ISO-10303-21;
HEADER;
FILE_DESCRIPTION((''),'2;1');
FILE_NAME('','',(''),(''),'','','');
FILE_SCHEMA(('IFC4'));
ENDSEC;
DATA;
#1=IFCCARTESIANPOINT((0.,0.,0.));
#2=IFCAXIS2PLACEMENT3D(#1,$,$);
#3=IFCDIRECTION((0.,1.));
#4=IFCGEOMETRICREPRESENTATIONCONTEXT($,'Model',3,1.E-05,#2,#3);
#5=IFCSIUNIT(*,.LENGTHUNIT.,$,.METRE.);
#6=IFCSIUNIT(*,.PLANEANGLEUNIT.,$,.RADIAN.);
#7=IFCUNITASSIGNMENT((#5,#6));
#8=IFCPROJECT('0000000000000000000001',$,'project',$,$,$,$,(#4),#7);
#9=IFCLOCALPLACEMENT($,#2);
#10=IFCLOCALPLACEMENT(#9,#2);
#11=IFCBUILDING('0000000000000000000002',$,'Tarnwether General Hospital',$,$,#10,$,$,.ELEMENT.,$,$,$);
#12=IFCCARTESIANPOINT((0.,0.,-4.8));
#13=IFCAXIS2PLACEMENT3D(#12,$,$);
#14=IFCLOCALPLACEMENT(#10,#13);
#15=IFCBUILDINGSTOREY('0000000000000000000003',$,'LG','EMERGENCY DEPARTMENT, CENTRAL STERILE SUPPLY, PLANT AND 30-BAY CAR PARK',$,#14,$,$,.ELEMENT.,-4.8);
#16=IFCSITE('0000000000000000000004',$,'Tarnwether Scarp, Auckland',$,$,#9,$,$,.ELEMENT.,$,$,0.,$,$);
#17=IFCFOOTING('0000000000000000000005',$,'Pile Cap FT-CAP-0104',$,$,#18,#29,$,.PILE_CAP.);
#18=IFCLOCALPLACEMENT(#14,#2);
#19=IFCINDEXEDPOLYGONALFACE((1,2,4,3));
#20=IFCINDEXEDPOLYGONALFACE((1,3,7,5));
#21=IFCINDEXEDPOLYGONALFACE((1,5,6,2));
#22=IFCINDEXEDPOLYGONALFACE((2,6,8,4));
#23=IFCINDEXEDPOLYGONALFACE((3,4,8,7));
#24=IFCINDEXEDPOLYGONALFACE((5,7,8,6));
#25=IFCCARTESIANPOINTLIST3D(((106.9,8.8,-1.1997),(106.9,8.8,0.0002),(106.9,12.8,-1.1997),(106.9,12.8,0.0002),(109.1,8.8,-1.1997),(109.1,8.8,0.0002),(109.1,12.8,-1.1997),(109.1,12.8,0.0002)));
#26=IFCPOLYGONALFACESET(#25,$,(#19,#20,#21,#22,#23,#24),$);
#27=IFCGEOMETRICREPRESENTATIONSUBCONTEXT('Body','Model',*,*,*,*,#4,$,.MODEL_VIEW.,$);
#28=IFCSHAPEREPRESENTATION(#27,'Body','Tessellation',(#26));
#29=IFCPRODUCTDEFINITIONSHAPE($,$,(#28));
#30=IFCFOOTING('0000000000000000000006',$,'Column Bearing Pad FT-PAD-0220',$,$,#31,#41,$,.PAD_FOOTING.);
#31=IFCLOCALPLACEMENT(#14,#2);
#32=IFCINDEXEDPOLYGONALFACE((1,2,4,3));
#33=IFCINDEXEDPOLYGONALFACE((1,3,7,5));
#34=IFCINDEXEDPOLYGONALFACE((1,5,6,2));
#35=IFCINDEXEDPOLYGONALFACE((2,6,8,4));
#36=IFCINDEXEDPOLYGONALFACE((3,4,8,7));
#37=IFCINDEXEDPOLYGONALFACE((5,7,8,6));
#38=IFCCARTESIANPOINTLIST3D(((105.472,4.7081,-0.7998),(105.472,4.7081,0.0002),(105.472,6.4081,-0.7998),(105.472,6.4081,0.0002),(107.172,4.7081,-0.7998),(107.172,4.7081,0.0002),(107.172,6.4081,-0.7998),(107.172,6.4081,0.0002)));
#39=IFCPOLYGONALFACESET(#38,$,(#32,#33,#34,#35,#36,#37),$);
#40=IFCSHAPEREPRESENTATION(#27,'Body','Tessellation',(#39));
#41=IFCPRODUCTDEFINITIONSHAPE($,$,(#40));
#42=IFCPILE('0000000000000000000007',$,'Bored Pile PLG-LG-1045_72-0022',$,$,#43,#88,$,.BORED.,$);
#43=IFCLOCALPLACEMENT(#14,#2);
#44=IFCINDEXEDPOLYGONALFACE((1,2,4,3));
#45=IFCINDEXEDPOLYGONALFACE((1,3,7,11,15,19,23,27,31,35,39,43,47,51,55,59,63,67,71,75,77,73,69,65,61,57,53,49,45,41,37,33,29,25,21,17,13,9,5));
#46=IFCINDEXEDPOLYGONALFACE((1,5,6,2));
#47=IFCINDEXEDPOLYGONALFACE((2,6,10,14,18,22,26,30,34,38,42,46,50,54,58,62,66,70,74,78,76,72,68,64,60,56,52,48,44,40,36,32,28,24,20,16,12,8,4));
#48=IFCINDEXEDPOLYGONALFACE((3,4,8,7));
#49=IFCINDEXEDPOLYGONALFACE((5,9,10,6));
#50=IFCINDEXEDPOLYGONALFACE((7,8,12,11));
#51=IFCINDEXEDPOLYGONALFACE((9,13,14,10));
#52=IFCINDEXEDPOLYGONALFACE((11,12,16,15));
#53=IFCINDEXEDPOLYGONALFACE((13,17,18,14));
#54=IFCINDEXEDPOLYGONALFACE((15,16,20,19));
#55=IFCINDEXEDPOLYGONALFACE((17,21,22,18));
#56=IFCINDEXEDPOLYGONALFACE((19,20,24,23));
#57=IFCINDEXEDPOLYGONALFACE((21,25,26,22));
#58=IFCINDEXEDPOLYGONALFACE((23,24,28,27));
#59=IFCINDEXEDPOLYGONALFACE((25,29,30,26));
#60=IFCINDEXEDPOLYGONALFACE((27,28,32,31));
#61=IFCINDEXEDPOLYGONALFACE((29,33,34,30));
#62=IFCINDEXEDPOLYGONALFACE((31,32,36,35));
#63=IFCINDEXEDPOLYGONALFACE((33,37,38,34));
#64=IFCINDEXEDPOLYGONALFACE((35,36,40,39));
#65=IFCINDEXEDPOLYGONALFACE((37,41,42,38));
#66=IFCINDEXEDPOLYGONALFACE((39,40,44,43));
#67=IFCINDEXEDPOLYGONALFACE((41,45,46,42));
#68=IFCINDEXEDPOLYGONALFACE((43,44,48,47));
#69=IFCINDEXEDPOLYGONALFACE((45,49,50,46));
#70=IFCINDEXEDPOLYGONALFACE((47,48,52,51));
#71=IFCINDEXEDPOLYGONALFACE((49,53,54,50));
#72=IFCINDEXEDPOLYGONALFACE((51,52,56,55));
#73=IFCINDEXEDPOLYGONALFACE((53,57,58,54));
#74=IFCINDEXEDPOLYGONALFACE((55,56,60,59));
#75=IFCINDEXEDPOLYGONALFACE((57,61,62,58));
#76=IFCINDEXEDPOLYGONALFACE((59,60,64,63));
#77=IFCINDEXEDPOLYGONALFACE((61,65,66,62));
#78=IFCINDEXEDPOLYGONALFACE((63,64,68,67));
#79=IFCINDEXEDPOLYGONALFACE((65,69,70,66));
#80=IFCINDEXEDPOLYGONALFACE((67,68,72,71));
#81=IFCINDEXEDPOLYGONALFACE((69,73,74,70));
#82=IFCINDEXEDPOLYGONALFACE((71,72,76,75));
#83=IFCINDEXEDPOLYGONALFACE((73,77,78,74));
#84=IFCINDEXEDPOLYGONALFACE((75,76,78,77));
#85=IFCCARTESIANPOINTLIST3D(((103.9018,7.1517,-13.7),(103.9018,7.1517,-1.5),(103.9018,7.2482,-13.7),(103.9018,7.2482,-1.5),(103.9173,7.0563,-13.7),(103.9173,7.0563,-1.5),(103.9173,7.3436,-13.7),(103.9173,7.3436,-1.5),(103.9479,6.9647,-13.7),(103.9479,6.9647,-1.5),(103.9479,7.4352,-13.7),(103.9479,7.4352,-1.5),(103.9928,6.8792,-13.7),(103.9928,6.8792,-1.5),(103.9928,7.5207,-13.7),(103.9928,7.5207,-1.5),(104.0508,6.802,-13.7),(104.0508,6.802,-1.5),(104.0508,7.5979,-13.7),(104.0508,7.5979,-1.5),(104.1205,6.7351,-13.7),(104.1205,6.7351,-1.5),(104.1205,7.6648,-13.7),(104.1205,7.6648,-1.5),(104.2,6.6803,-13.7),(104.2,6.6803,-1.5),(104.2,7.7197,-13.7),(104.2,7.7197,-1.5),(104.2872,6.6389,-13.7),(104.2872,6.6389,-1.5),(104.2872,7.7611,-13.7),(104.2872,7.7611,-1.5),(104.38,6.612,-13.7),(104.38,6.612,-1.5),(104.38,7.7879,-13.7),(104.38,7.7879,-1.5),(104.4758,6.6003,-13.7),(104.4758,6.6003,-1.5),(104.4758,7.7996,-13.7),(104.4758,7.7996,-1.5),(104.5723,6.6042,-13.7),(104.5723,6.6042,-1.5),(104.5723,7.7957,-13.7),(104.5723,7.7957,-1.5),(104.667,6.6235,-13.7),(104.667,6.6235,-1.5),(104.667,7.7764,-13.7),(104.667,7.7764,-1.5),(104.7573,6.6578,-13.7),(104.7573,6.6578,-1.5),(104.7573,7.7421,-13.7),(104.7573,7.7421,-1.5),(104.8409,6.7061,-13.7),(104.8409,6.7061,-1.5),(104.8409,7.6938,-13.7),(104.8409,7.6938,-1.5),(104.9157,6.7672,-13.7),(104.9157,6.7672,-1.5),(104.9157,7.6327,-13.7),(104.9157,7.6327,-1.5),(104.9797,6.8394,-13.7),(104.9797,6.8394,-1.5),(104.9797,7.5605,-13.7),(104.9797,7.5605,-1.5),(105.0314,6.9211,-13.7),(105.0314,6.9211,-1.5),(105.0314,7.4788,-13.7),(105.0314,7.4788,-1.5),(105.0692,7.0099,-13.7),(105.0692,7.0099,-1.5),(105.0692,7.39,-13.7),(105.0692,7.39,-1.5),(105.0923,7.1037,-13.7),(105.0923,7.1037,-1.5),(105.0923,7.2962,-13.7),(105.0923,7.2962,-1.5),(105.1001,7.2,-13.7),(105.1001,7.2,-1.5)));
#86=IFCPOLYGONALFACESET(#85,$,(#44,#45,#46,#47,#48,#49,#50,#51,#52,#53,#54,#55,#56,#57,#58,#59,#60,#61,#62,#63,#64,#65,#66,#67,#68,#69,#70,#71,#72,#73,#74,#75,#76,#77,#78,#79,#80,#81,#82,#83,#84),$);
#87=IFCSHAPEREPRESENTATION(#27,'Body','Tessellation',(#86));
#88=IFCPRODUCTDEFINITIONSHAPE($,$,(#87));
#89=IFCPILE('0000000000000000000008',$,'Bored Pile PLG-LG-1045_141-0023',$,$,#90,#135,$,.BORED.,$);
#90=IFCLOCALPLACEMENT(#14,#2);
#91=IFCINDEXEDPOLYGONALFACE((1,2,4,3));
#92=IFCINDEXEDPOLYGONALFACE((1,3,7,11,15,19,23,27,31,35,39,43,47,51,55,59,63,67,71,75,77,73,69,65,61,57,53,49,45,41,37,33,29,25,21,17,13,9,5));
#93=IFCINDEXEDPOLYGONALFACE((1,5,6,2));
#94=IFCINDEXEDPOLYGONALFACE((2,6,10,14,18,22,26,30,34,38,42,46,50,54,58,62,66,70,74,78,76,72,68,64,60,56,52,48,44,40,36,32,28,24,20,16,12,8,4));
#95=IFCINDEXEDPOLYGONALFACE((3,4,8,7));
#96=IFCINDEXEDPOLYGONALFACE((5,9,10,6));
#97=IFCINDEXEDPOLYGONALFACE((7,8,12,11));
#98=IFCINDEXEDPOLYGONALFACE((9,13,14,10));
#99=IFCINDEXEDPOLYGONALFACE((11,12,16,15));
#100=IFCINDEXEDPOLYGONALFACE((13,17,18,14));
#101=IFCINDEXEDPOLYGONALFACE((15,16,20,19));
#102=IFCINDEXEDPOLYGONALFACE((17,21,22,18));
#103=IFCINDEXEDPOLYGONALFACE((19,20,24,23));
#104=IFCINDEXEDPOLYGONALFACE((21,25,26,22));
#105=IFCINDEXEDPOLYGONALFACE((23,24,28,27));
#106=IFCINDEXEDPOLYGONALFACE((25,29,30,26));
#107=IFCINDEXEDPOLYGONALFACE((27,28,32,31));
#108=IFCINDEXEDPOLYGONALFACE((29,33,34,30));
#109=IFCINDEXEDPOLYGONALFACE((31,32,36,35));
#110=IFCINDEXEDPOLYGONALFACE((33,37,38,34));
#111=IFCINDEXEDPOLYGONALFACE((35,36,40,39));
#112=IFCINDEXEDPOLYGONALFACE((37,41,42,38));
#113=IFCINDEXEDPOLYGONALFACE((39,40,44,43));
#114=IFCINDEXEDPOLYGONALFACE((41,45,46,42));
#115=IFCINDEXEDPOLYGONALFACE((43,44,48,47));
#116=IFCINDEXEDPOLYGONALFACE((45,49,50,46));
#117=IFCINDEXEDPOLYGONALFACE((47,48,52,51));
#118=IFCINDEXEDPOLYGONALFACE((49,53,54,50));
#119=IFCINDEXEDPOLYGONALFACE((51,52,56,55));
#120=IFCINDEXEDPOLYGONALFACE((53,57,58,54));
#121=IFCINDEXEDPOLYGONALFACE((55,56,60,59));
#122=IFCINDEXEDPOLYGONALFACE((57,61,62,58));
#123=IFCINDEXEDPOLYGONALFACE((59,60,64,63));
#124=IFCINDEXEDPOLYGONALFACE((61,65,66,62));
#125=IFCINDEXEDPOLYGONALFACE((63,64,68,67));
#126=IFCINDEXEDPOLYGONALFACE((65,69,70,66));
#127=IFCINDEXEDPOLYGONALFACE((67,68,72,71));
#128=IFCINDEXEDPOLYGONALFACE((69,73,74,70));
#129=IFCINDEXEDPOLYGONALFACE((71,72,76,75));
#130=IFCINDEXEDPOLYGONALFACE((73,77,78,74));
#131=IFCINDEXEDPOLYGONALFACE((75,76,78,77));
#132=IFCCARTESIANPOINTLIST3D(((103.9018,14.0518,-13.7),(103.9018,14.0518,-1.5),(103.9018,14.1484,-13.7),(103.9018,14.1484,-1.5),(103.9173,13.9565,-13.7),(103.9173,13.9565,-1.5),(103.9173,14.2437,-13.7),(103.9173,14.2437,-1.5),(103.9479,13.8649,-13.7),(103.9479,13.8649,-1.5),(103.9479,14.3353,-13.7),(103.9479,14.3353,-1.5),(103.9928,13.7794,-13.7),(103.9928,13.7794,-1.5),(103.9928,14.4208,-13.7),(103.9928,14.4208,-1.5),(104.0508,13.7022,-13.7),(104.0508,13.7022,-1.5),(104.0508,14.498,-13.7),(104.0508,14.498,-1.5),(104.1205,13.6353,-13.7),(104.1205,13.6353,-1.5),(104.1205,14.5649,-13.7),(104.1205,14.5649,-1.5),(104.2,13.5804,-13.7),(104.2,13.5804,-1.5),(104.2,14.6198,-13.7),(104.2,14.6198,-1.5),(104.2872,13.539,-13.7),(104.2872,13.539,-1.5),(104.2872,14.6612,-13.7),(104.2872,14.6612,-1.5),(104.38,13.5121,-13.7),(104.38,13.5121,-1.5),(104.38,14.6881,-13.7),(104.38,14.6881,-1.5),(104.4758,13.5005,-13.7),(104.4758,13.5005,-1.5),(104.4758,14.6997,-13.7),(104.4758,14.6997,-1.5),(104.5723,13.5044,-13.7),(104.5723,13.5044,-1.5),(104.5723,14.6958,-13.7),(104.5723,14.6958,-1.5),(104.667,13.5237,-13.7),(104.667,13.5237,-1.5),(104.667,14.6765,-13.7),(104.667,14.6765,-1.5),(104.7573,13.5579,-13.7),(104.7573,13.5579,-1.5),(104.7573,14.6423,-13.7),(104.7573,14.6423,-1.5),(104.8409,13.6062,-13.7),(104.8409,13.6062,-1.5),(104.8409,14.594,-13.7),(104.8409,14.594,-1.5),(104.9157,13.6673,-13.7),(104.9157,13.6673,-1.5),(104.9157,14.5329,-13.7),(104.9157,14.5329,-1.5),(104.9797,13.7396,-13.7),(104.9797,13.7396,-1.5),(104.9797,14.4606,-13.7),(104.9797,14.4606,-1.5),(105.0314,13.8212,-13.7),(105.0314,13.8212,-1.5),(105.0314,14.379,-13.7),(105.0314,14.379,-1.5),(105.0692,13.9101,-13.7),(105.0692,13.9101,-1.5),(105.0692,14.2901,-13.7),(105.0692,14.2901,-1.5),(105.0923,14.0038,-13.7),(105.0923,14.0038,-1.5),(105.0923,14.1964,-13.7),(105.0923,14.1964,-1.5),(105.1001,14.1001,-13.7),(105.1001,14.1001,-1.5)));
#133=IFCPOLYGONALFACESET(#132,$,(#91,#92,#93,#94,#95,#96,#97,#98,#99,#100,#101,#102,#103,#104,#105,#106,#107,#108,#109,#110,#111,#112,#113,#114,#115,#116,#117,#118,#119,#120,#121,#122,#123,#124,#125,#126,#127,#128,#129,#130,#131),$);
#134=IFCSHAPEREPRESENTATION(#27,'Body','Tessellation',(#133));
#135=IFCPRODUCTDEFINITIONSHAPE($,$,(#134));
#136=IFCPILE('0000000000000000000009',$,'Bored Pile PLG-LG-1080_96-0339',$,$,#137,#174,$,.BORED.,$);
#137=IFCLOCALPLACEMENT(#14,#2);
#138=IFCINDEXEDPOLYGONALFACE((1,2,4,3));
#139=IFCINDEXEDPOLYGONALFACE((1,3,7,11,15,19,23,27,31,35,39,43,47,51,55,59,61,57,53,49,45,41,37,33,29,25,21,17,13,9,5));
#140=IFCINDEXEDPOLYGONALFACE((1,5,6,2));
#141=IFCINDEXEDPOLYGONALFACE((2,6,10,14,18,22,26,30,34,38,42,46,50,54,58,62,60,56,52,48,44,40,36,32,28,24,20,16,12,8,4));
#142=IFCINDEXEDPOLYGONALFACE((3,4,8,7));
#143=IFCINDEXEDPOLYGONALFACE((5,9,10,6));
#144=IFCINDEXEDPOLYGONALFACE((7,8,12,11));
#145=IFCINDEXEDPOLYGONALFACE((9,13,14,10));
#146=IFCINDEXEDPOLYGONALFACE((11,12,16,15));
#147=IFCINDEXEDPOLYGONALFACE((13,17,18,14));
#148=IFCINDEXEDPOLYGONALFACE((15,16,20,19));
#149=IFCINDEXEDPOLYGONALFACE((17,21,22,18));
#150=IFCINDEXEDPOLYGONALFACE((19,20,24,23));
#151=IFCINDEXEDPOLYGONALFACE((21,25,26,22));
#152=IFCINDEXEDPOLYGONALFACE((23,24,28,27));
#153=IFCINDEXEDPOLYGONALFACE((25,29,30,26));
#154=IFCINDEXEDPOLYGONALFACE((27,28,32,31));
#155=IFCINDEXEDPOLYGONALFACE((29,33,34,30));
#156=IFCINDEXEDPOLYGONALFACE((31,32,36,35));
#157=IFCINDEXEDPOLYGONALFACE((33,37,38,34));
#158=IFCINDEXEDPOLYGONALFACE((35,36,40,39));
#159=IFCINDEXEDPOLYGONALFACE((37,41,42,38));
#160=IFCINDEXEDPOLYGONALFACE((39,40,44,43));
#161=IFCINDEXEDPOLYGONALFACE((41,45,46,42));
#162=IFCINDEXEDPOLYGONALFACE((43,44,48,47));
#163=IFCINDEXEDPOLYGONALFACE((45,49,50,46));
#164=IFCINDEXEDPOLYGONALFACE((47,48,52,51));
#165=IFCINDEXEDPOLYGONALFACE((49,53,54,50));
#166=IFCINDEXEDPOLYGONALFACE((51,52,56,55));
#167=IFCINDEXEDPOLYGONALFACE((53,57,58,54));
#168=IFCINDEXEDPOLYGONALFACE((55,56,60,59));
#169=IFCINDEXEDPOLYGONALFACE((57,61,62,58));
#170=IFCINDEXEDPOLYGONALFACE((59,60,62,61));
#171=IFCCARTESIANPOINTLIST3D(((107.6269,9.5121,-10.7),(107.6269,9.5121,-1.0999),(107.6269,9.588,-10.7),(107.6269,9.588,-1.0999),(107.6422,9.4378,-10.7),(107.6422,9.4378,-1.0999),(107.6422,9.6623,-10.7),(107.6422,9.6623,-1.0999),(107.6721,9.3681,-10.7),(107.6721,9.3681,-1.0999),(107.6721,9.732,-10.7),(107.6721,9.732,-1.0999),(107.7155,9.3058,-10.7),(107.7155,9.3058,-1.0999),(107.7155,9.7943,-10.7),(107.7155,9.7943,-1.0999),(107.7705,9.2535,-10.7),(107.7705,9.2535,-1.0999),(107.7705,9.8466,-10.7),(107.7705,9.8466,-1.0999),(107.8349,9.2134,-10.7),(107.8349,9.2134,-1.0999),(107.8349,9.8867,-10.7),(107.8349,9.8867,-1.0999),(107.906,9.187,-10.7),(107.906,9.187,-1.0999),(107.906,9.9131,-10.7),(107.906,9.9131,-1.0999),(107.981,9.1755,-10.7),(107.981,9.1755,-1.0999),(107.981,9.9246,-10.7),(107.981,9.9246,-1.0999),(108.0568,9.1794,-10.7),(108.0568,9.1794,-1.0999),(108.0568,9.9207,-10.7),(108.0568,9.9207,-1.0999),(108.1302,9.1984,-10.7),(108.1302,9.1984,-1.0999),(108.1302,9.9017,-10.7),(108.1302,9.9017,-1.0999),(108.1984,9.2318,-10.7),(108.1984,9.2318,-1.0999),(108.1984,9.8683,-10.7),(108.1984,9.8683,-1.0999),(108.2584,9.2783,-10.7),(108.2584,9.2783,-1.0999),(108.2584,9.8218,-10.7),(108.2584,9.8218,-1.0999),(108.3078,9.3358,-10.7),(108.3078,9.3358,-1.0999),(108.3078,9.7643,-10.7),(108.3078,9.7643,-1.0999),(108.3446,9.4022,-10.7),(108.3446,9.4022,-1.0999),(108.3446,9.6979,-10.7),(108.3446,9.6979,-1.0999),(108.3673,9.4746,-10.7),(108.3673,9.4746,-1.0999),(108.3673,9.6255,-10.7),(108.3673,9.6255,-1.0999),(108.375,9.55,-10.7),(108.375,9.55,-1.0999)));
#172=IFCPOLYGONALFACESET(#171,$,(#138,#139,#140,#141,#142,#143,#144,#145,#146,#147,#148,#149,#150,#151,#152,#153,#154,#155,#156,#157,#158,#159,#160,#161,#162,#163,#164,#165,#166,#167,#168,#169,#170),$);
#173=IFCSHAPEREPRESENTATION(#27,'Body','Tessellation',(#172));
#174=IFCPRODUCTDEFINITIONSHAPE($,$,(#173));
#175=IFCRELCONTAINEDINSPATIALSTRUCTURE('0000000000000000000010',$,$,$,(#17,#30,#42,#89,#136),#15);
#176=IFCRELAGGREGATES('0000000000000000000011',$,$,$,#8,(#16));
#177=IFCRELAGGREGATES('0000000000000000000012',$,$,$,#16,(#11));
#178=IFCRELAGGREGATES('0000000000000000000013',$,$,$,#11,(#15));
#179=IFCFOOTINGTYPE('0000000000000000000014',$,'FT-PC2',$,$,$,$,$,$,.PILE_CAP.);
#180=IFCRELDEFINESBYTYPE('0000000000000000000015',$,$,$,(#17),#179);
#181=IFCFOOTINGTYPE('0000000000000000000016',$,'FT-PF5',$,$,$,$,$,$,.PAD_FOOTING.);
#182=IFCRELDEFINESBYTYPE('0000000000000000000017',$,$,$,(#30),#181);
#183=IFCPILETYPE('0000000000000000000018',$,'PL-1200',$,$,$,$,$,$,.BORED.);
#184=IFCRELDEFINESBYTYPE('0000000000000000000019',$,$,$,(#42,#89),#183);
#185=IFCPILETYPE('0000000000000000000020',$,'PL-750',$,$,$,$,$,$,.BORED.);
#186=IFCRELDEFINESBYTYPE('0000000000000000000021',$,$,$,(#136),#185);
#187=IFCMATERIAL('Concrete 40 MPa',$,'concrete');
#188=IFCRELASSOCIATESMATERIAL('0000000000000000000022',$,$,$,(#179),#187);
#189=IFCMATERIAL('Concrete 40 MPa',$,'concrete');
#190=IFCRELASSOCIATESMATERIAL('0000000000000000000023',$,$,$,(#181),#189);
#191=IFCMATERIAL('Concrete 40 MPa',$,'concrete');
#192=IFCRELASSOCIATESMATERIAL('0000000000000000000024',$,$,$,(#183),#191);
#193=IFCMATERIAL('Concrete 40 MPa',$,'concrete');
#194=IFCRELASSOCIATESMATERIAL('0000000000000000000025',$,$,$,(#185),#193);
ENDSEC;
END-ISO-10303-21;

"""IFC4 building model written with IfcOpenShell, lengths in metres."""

from ifc_helpers import new_model, si_unit, direction, frame, origin, origin_2d, place, context, subcontext, project, spatial, rectangle, circle, extrude, material, material_profile, profile_set, type_object, element, save


model = new_model("IFC4")

# Units and contexts
model_context = context("Model", 3, precision=1e-05, world=origin(), true_north=direction((0.0, 1.0)))
body_context = subcontext(model_context, "Body", "Model", "MODEL_VIEW")
ifc_project = project(units=[si_unit("LENGTHUNIT", "METRE"), si_unit("PLANEANGLEUNIT", "RADIAN")], contexts=[model_context])

# Site, building, storey
site_placement = place(None, origin())
site = spatial("IfcSite", under=ifc_project, at=site_placement, Name="Tarnwether Scarp, Auckland", CompositionType="ELEMENT", RefElevation=0.0)
building_placement = place(site_placement, origin())
building = spatial("IfcBuilding", under=site, at=building_placement, Name="Tarnwether General Hospital", CompositionType="ELEMENT")
storey_placement = place(building_placement, frame((0.0, 0.0, -4.8)))
storey = spatial("IfcBuildingStorey", under=building, at=storey_placement, Name="LG", Description="EMERGENCY DEPARTMENT, CENTRAL STERILE SUPPLY, PLANT AND 30-BAY CAR PARK", CompositionType="ELEMENT", Elevation=-4.8)

# Footings
ifc_material_1 = material(Name="Concrete 40 MPa", Category="concrete")
footing_type_1 = type_object("IfcFootingType", Name="FT-PC2", PredefinedType="PILE_CAP", material=ifc_material_1)
footing_1_placement = place(storey_placement, frame((108.0, 10.8, -1.1997), z_axis=(0.0, 0.0, 1.0), x_axis=(0.0, 1.0, 0.0)))
element("IfcFooting", 1, at=footing_1_placement, inside=storey, type_object=footing_type_1, Name="Pile Cap FT-CAP-0104", PredefinedType="PILE_CAP", context=body_context, shape_type="SweptSolid", body=[
    extrude(rectangle(XDim=4.0, YDim=2.2, at=origin_2d()), origin(), (0.0, 0.0, 1.0), 1.2),
])
ifc_material_2 = material(Name="Concrete 40 MPa", Category="concrete")
footing_type_2 = type_object("IfcFootingType", Name="FT-PF5", PredefinedType="PAD_FOOTING", material=ifc_material_2)
footing_2_placement = place(storey_placement, frame((106.322, 5.5581, -0.7998), z_axis=(0.0, 0.0, 1.0), x_axis=(1.0, 0.0, 0.0)))
element("IfcFooting", 2, at=footing_2_placement, inside=storey, type_object=footing_type_2, Name="Column Bearing Pad FT-PAD-0220", PredefinedType="PAD_FOOTING", context=body_context, shape_type="SweptSolid", body=[
    extrude(rectangle(XDim=1.7, YDim=1.7, at=origin_2d()), origin(), (0.0, 0.0, 1.0), 0.8),
])

# Piles
ifc_material_3 = material(Name="Concrete 40 MPa", Category="concrete")
ifc_material_profile_1 = material_profile(ifc_material_3, circle(Radius=0.6001, at=origin_2d()), Name="PILE-D1200")
ifc_profile_set_1 = profile_set([ifc_material_profile_1], Name="Concrete 40 MPa")
pile_type_1 = type_object("IfcPileType", Name="PL-1200", PredefinedType="BORED", material=ifc_profile_set_1)
for number, where, z_axis, x_axis, name in (
    (3, (104.5, 7.2, -1.5), (0.0, 0.0, -1.0), (1.0, 0.0, 0.0), "Bored Pile PLG-LG-1045_72-0022"),
    (4, (104.5, 14.1001, -1.5), (0.0, 0.0, -1.0), (1.0, 0.0, 0.0), "Bored Pile PLG-LG-1045_141-0023"),
):
    element("IfcPile", number, at=place(storey_placement, frame(where, z_axis=z_axis, x_axis=x_axis)), inside=storey, type_object=pile_type_1, Name=name, PredefinedType="BORED", context=body_context, shape_type="SweptSolid", body=[
        extrude(circle(Radius=0.6001, at=origin_2d()), origin(), (0.0, 0.0, 1.0), 12.2),
    ])
ifc_material_4 = material(Name="Concrete 40 MPa", Category="concrete")
ifc_material_profile_2 = material_profile(ifc_material_4, circle(Radius=0.375, at=origin_2d()), Name="PILE-D750")
ifc_profile_set_2 = profile_set([ifc_material_profile_2], Name="Concrete 40 MPa")
pile_type_2 = type_object("IfcPileType", Name="PL-750", PredefinedType="BORED", material=ifc_profile_set_2)
for number, where, z_axis, x_axis, name in (
    (5, (108.0, 9.55, -1.0999), (0.0, 0.0, -1.0), (1.0, 0.0, 0.0), "Bored Pile PLG-LG-1080_96-0339"),
):
    element("IfcPile", number, at=place(storey_placement, frame(where, z_axis=z_axis, x_axis=x_axis)), inside=storey, type_object=pile_type_2, Name=name, PredefinedType="BORED", context=body_context, shape_type="SweptSolid", body=[
        extrude(circle(Radius=0.375, at=origin_2d()), origin(), (0.0, 0.0, 1.0), 9.6001),
    ])

save(model, "model.ifc")
